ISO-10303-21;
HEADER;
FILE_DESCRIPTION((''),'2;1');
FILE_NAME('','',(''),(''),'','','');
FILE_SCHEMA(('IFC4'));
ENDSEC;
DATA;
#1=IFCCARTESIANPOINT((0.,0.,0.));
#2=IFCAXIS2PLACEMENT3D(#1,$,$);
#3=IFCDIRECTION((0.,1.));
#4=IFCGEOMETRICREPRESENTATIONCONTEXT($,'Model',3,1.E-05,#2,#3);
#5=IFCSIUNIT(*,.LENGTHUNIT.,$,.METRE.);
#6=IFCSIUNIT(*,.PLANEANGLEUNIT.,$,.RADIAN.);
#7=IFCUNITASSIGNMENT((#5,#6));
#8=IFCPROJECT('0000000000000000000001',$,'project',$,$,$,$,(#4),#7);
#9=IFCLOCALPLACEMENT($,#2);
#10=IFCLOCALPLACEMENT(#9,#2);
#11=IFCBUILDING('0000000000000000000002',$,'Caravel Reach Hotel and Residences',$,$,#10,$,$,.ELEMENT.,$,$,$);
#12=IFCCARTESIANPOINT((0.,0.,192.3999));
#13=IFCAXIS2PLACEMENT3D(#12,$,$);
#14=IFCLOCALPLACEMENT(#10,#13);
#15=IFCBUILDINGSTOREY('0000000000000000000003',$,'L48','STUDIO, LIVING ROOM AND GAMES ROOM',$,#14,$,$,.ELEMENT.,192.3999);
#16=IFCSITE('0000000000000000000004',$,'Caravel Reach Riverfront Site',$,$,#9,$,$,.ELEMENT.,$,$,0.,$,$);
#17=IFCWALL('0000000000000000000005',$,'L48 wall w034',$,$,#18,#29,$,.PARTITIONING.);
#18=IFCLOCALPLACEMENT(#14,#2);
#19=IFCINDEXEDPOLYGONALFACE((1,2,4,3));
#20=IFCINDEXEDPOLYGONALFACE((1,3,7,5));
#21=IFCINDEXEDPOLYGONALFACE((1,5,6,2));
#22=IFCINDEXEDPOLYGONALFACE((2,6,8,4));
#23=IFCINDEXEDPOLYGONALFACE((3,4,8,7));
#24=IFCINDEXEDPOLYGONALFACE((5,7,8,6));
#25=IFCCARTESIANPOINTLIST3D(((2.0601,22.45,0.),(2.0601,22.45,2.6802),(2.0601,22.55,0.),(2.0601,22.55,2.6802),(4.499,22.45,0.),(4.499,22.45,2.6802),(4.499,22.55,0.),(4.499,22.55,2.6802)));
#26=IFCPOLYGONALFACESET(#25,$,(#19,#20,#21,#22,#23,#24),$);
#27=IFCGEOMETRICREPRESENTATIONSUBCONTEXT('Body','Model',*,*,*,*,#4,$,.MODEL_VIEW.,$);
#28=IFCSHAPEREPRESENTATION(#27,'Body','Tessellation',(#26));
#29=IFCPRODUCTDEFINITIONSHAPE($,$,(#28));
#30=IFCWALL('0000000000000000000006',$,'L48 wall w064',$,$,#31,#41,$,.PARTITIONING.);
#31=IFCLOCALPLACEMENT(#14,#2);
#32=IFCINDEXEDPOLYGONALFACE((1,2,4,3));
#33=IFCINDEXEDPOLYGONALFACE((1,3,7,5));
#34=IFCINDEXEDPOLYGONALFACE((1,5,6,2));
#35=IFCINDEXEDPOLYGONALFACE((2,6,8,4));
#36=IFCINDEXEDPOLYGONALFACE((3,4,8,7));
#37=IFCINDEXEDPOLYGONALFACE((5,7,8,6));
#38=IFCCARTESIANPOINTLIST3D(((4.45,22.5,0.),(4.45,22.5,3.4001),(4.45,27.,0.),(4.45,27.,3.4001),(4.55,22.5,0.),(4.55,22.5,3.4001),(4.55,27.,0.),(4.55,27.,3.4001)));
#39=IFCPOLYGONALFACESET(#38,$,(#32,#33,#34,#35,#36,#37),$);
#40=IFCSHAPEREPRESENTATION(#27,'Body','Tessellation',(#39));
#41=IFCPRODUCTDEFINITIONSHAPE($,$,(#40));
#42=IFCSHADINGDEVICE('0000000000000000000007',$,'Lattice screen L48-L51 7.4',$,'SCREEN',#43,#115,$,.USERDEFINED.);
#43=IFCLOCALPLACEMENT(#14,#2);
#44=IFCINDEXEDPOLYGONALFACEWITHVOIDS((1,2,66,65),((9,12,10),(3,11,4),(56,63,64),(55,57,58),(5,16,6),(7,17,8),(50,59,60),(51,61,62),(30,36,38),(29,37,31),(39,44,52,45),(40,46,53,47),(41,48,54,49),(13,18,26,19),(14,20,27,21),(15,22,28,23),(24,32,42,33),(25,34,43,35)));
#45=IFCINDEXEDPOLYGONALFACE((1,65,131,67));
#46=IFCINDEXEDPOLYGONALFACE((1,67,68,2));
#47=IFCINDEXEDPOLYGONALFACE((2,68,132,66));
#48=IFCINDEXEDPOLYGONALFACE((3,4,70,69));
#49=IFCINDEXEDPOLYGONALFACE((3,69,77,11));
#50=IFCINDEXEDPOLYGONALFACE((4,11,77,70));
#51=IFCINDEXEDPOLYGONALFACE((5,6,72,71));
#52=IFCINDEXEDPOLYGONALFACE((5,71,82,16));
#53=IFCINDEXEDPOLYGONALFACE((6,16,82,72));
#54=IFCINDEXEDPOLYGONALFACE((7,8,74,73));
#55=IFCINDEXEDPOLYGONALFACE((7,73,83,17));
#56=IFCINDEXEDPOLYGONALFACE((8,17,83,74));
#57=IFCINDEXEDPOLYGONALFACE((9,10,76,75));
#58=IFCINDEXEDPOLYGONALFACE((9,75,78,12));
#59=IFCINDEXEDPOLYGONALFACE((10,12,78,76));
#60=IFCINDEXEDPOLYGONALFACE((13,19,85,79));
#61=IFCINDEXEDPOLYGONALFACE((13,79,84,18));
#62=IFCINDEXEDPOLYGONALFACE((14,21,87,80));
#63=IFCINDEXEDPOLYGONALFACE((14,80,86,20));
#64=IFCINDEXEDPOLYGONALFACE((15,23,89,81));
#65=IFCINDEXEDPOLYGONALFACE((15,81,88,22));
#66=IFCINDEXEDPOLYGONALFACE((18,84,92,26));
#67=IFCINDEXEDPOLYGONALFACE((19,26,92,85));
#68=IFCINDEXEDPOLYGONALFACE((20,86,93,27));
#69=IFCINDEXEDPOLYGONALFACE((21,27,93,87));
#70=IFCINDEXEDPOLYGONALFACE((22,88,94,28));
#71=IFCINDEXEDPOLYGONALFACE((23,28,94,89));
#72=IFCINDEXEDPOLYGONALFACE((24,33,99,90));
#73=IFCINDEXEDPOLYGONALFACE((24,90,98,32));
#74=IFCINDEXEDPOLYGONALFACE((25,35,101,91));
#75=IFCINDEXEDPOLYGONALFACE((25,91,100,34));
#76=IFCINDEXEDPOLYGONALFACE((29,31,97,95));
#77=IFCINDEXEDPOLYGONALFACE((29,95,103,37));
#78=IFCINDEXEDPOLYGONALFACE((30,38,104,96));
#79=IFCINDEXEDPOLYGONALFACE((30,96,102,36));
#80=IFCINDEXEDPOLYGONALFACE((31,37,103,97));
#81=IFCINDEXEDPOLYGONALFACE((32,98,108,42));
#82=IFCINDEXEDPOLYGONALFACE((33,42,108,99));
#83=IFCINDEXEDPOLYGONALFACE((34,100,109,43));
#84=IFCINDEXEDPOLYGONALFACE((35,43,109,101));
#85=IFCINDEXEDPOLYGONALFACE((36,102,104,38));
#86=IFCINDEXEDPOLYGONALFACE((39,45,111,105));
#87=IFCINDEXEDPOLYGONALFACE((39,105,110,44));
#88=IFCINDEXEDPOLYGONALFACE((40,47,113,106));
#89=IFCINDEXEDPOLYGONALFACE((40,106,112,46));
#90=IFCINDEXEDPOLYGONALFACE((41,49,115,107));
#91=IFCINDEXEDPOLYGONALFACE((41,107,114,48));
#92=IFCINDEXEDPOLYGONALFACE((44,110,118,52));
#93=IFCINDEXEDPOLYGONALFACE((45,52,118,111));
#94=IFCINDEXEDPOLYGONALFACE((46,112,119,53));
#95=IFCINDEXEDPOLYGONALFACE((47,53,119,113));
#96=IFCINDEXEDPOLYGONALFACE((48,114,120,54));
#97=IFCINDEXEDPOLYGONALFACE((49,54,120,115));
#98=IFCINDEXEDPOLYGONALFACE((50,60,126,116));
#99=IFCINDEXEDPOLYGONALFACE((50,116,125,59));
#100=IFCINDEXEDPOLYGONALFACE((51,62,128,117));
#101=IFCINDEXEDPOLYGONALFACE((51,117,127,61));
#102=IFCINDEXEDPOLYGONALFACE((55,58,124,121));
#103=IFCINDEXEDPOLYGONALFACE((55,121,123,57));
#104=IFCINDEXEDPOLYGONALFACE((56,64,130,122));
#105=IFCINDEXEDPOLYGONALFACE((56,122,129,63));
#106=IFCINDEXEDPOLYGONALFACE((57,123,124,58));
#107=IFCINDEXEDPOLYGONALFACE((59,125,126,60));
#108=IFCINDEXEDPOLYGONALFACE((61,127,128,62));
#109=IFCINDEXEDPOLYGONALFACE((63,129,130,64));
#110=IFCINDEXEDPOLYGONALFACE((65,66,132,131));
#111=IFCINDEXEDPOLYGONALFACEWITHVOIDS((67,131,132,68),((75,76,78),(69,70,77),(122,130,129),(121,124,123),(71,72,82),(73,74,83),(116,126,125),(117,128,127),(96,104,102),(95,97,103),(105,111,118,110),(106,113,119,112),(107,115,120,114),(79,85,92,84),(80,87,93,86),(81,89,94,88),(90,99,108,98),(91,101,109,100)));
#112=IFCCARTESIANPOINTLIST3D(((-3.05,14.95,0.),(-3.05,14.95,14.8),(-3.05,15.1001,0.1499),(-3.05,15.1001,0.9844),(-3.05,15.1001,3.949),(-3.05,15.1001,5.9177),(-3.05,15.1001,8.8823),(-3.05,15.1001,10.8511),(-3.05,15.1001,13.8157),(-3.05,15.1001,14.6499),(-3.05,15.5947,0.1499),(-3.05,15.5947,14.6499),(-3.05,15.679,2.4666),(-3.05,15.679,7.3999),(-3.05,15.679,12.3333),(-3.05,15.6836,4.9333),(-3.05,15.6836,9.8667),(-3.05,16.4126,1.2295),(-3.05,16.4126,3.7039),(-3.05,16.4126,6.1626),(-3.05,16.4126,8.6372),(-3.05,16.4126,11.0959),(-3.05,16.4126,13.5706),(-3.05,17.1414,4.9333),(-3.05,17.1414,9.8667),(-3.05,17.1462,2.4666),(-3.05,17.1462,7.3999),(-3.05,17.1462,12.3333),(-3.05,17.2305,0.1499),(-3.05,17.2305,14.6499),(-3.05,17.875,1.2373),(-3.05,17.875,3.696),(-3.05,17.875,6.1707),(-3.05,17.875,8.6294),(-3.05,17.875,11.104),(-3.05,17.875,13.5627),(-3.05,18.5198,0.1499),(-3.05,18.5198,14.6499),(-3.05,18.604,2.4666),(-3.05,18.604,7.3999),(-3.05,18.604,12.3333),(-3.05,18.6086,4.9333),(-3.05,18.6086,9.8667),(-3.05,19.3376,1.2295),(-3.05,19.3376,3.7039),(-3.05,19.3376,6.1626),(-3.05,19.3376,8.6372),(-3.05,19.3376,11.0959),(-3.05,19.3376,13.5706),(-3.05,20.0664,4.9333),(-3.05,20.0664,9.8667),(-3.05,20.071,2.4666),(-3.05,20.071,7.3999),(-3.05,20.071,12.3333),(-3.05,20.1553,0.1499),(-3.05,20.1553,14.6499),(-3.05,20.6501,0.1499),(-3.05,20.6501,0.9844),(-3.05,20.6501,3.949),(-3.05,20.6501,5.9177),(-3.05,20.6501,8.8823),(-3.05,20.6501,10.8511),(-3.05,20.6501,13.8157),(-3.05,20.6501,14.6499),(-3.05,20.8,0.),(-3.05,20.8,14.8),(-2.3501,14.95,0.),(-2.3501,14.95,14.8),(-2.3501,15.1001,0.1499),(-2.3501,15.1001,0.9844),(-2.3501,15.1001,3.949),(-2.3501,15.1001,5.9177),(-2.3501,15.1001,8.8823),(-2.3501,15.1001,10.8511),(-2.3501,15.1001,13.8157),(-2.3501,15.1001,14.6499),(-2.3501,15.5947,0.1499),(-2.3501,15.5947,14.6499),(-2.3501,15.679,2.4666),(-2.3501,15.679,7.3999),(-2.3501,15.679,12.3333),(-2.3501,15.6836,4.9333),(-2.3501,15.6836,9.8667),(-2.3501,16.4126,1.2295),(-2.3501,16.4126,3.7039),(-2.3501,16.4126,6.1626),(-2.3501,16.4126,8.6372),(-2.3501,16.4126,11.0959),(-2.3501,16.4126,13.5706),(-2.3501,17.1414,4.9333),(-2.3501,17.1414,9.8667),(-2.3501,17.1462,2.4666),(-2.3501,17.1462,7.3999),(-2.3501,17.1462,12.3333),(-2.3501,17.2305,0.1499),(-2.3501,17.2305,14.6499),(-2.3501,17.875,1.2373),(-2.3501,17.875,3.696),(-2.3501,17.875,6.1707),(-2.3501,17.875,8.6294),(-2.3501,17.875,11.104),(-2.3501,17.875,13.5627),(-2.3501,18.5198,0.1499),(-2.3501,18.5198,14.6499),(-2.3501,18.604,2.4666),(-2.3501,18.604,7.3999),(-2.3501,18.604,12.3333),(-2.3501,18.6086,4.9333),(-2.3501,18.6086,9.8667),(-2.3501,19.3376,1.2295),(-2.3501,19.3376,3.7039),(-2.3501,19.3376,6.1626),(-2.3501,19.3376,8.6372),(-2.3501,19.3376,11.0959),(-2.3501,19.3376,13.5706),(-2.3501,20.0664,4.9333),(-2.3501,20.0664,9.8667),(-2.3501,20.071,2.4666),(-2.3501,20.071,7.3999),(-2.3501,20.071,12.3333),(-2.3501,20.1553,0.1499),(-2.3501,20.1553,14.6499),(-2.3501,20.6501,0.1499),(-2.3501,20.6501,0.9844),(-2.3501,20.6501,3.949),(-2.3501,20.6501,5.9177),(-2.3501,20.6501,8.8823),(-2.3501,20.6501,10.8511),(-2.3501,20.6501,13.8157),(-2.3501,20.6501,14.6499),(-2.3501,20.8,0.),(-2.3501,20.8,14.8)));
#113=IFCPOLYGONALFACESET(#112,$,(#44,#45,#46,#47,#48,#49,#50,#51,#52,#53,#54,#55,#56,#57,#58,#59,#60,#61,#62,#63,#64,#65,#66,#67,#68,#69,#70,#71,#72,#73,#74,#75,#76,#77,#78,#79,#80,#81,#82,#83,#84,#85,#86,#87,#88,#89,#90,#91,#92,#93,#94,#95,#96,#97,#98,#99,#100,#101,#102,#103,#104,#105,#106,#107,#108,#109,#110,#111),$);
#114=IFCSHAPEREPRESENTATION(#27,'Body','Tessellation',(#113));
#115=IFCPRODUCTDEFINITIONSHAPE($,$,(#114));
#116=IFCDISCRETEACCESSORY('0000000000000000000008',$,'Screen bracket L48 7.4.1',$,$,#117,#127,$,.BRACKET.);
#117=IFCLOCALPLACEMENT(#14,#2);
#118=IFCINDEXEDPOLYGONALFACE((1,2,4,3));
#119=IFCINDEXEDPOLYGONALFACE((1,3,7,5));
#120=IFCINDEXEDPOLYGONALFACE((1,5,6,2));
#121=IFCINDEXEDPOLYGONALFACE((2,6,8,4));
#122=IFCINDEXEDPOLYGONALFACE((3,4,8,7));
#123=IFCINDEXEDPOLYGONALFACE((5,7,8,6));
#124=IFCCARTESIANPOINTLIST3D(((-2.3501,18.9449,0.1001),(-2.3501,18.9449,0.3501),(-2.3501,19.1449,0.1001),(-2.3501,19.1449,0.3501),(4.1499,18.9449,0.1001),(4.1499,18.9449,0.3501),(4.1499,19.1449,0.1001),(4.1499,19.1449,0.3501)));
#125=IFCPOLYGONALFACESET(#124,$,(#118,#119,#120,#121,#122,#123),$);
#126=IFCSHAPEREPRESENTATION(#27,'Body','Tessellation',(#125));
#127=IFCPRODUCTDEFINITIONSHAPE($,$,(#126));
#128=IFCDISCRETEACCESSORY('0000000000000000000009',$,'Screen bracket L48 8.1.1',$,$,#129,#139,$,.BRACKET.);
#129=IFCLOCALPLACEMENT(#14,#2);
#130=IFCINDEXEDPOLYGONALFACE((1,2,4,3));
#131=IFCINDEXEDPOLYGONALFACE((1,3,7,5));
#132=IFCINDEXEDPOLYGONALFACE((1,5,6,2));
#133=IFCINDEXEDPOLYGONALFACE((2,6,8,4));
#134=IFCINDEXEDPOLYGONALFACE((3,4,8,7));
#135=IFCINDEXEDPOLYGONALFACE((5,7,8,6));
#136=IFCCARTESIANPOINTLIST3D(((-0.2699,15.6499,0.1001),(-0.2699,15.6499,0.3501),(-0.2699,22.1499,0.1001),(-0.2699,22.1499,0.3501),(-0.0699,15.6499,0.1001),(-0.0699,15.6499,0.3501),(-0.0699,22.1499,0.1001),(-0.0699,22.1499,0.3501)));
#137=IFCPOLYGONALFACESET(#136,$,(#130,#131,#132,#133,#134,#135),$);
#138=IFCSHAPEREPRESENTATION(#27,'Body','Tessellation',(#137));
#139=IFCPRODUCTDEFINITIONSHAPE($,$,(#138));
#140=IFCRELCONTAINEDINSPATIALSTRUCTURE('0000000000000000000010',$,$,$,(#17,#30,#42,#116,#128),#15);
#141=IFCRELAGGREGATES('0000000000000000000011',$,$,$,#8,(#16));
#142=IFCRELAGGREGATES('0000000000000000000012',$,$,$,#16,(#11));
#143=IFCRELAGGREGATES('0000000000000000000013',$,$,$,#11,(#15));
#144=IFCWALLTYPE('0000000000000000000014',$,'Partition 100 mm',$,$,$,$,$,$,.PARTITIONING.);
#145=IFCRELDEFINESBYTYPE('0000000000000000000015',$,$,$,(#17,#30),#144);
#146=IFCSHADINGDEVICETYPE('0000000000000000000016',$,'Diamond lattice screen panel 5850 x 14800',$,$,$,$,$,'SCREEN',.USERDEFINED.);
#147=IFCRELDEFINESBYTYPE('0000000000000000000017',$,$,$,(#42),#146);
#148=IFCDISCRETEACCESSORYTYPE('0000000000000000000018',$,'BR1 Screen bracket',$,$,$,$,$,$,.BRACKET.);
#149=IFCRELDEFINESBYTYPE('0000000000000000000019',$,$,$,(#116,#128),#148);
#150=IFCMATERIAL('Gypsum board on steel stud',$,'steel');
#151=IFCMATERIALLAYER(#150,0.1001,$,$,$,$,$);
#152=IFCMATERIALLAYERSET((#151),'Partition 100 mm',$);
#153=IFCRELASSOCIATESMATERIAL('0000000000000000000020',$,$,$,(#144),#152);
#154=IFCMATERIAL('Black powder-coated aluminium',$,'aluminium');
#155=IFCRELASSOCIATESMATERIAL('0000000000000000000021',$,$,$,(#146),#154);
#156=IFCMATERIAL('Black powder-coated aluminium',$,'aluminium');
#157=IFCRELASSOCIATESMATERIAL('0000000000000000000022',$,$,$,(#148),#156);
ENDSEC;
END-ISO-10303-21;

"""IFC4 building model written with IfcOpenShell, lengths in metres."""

from ifc_helpers import new_model, si_unit, direction, frame, frame_2d, origin, origin_2d, place, context, subcontext, project, spatial, polyline, rectangle, outline, extrude, material, layer, layer_set, type_object, element, save


model = new_model("IFC4")

# Units and contexts
model_context = context("Model", 3, precision=1e-05, world=origin(), true_north=direction((0.0, 1.0)))
body_context = subcontext(model_context, "Body", "Model", "MODEL_VIEW")
ifc_project = project(units=[si_unit("LENGTHUNIT", "METRE"), si_unit("PLANEANGLEUNIT", "RADIAN")], contexts=[model_context])

# Site, building, storey
site_placement = place(None, origin())
site = spatial("IfcSite", under=ifc_project, at=site_placement, Name="Caravel Reach Riverfront Site", CompositionType="ELEMENT", RefElevation=0.0)
building_placement = place(site_placement, origin())
building = spatial("IfcBuilding", under=site, at=building_placement, Name="Caravel Reach Hotel and Residences", CompositionType="ELEMENT")
storey_placement = place(building_placement, frame((0.0, 0.0, 192.3999)))
storey = spatial("IfcBuildingStorey", under=building, at=storey_placement, Name="L48", Description="STUDIO, LIVING ROOM AND GAMES ROOM", CompositionType="ELEMENT", Elevation=192.3999)

# Walls
ifc_material_1 = material(Name="Gypsum board on steel stud", Category="steel")
ifc_layer_1 = layer(ifc_material_1, 0.1001)
ifc_layer_set_1 = layer_set([ifc_layer_1], Name="Partition 100 mm")
wall_type_1 = type_object("IfcWallType", Name="Partition 100 mm", PredefinedType="PARTITIONING", material=ifc_layer_set_1)
wall_1_placement = place(storey_placement, frame((2.0601, 22.5, 0.0), z_axis=(0.0, 0.0, 1.0), x_axis=(1.0, 0.0, 0.0)))
element("IfcWall", 1, at=wall_1_placement, inside=storey, type_object=wall_type_1, Name="L48 wall w034", PredefinedType="PARTITIONING", context=body_context, shape_type="SweptSolid", body=[
    extrude(rectangle(XDim=2.439, YDim=0.1001, at=frame_2d((1.2195, 0.0))), origin(), (0.0, 0.0, 1.0), 2.6802),
])
wall_2_placement = place(storey_placement, frame((4.5, 22.5, 0.0), z_axis=(0.0, 0.0, 1.0), x_axis=(0.0, 1.0, 0.0)))
element("IfcWall", 2, at=wall_2_placement, inside=storey, type_object=wall_type_1, Name="L48 wall w064", PredefinedType="PARTITIONING", context=body_context, shape_type="SweptSolid", body=[
    extrude(rectangle(XDim=4.5, YDim=0.1001, at=frame_2d((2.25, 0.0))), origin(), (0.0, 0.0, 1.0), 3.4001),
])

# Shading device
ifc_material_2 = material(Name="Black powder-coated aluminium", Category="aluminium")
shading_device_type = type_object("IfcShadingDeviceType", Name="Diamond lattice screen panel 5850 x 14800", ElementType="SCREEN", PredefinedType="USERDEFINED", material=ifc_material_2)
shading_device_placement = place(storey_placement, frame((-2.3501, 20.8, 0.0), z_axis=(-1.0, 0.0, 0.0), x_axis=(0.0, -1.0, 0.0)))
element("IfcShadingDevice", 3, at=shading_device_placement, inside=storey, type_object=shading_device_type, Name="Lattice screen L48-L51 7.4", ObjectType="SCREEN", PredefinedType="USERDEFINED", context=body_context, shape_type="SweptSolid", body=[
    extrude(outline(polyline([(0.0, 0.0), (5.8501, 0.0), (5.8501, 14.8), (0.0, 14.8), (0.0, 0.0)]), holes=[polyline([(0.6448, 0.1499), (0.1499, 0.9844), (0.1499, 0.1499), (0.6448, 0.1499)]), polyline([(0.7336, 4.9333), (0.1499, 5.9177), (0.1499, 3.949), (0.7336, 4.9333)]), polyline([(0.7336, 9.8667), (0.1499, 10.8511), (0.1499, 8.8823), (0.7336, 9.8667)]), polyline([(0.1499, 13.8157), (0.6448, 14.6499), (0.1499, 14.6499), (0.1499, 13.8157)]), polyline([(1.4624, 3.7039), (0.729, 2.4666), (1.4624, 1.2295), (2.196, 2.4666), (1.4624, 3.7039)]), polyline([(1.4624, 8.6372), (0.729, 7.3999), (1.4624, 6.1626), (2.196, 7.3999), (1.4624, 8.6372)]), polyline([(1.4624, 13.5706), (0.729, 12.3333), (1.4624, 11.0959), (2.196, 12.3333), (1.4624, 13.5706)]), polyline([(2.925, 1.2373), (2.2803, 0.1499), (3.5696, 0.1499), (2.925, 1.2373)]), polyline([(2.925, 6.1707), (2.1914, 4.9333), (2.925, 3.696), (3.6587, 4.9333), (2.925, 6.1707)]), polyline([(2.925, 11.104), (2.1914, 9.8667), (2.925, 8.6294), (3.6587, 9.8667), (2.925, 11.104)]), polyline([(2.925, 13.5627), (3.5696, 14.6499), (2.2803, 14.6499), (2.925, 13.5627)]), polyline([(4.3875, 3.7039), (3.6538, 2.4666), (4.3875, 1.2295), (5.1211, 2.4666), (4.3875, 3.7039)]), polyline([(4.3875, 8.6372), (3.6538, 7.3999), (4.3875, 6.1626), (5.1211, 7.3999), (4.3875, 8.6372)]), polyline([(4.3875, 13.5706), (3.6538, 12.3333), (4.3875, 11.0959), (5.1211, 12.3333), (4.3875, 13.5706)]), polyline([(5.7, 0.9844), (5.2053, 0.1499), (5.7, 0.1499), (5.7, 0.9844)]), polyline([(5.1165, 4.9333), (5.7, 3.949), (5.7, 5.9177), (5.1165, 4.9333)]), polyline([(5.1165, 9.8667), (5.7, 8.8823), (5.7, 10.8511), (5.1165, 9.8667)]), polyline([(5.2053, 14.6499), (5.7, 13.8157), (5.7, 14.6499), (5.2053, 14.6499)])]), origin(), (0.0, 0.0, 1.0), 0.7),
])

# Discrete accessories
ifc_material_3 = material(Name="Black powder-coated aluminium", Category="aluminium")
discrete_accessory_type = type_object("IfcDiscreteAccessoryType", Name="BR1 Screen bracket", PredefinedType="BRACKET", material=ifc_material_3)
for number, where, z_axis, x_axis, name in (
    (4, (0.8999, 19.0449, 0.1001), (0.0, 0.0, 1.0), (-1.0, 0.0, 0.0), "Screen bracket L48 7.4.1"),
    (5, (-0.1699, 18.8999, 0.1001), (0.0, 0.0, 1.0), (0.0, -1.0, 0.0), "Screen bracket L48 8.1.1"),
):
    element("IfcDiscreteAccessory", number, at=place(storey_placement, frame(where, z_axis=z_axis, x_axis=x_axis)), inside=storey, type_object=discrete_accessory_type, Name=name, PredefinedType="BRACKET", context=body_context, shape_type="SweptSolid", body=[
        extrude(rectangle(XDim=6.5, YDim=0.2, at=origin_2d()), origin(), (0.0, 0.0, 1.0), 0.25),
    ])

save(model, "model.ifc")
